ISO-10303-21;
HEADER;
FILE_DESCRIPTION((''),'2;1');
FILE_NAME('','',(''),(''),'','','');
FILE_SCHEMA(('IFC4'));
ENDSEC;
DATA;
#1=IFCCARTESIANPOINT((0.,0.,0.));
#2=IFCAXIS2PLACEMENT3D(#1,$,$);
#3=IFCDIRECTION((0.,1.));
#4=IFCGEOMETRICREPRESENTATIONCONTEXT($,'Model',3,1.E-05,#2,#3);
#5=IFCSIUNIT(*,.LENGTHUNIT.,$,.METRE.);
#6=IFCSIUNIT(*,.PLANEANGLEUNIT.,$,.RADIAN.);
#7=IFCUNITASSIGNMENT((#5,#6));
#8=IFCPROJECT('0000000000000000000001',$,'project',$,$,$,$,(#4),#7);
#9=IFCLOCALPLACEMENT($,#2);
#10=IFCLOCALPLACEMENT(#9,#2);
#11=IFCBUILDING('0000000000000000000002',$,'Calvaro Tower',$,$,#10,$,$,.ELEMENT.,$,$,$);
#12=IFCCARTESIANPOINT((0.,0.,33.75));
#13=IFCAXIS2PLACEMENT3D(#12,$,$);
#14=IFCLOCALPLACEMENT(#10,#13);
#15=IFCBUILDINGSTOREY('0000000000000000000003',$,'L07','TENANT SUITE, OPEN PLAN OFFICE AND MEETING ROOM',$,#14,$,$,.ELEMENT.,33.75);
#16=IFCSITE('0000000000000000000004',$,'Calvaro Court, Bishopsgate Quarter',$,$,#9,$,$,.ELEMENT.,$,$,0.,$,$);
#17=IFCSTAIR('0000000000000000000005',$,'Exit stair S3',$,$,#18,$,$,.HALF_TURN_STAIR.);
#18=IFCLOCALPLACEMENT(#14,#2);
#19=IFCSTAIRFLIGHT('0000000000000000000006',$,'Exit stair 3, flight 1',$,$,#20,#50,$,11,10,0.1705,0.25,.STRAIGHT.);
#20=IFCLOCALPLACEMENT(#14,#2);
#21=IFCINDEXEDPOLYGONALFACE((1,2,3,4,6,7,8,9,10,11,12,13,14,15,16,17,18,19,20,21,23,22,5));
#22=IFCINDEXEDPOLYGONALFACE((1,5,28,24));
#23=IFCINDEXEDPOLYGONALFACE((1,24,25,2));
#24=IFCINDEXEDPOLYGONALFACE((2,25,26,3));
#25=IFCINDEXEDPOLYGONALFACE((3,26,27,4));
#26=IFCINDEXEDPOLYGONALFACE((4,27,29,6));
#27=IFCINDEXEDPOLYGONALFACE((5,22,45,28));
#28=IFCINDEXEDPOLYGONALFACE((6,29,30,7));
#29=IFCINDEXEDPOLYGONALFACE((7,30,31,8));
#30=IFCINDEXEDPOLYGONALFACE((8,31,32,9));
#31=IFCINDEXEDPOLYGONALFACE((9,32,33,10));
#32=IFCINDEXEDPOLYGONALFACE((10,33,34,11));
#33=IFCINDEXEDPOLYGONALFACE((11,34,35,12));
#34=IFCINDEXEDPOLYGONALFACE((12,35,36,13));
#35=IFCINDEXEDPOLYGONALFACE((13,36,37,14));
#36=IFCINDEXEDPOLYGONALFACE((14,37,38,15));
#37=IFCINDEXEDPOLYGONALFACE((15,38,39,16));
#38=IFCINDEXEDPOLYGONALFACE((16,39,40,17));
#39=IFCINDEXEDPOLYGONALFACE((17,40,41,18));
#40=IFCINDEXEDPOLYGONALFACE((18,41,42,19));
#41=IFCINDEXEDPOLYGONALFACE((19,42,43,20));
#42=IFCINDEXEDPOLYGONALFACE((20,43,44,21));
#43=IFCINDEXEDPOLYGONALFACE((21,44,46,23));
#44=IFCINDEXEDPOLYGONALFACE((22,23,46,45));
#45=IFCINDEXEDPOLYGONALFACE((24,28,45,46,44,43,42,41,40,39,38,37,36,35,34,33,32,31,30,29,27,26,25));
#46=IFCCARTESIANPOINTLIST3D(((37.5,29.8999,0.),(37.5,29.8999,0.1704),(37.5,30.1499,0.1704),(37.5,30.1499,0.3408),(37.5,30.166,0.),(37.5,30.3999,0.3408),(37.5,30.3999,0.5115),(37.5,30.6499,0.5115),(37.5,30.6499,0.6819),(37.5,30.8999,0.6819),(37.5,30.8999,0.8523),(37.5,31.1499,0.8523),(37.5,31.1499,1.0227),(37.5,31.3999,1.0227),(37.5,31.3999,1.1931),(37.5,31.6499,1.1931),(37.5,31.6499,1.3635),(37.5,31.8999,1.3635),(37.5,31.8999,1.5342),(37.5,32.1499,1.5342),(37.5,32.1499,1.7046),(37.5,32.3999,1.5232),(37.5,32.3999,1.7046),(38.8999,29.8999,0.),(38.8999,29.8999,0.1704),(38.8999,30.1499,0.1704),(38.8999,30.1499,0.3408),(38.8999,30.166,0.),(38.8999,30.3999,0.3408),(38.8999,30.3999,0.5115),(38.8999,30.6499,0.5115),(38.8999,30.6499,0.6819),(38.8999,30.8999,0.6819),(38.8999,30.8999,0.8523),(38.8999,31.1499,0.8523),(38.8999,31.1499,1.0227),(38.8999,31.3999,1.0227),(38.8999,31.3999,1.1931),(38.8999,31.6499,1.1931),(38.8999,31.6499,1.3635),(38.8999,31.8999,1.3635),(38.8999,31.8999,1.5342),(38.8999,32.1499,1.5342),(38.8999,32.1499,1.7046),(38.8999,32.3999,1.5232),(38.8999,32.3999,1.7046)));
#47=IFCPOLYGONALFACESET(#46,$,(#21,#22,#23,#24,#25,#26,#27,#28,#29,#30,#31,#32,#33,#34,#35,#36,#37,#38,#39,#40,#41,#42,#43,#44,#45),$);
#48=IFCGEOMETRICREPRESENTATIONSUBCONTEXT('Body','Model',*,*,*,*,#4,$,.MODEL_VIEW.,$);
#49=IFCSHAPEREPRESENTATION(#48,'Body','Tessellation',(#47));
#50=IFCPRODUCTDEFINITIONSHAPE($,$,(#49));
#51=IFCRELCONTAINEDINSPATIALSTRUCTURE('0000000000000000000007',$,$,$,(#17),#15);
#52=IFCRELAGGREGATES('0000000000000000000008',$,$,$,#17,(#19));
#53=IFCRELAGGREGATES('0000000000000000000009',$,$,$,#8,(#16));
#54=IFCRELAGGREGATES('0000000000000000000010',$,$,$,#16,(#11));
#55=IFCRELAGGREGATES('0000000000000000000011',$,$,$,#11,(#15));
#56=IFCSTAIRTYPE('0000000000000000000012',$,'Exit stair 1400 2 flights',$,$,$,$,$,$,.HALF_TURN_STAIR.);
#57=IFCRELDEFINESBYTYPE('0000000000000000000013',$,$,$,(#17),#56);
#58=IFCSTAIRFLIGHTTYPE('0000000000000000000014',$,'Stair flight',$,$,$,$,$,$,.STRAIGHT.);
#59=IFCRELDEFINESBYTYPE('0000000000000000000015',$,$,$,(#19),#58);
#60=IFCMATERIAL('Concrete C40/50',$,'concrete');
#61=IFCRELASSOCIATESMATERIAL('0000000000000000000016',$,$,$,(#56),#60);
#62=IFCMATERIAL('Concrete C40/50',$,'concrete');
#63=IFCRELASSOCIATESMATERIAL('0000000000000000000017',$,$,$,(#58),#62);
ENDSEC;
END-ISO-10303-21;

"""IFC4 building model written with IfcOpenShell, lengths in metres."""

from ifc_helpers import new_model, si_unit, direction, frame, origin, place, context, subcontext, project, spatial, polyline, outline, extrude, material, type_object, element, aggregate, save


model = new_model("IFC4")

# Units and contexts
model_context = context("Model", 3, precision=1e-05, world=origin(), true_north=direction((0.0, 1.0)))
body_context = subcontext(model_context, "Body", "Model", "MODEL_VIEW")
ifc_project = project(units=[si_unit("LENGTHUNIT", "METRE"), si_unit("PLANEANGLEUNIT", "RADIAN")], contexts=[model_context])

# Site, building, storey
site_placement = place(None, origin())
site = spatial("IfcSite", under=ifc_project, at=site_placement, Name="Calvaro Court, Bishopsgate Quarter", CompositionType="ELEMENT", RefElevation=0.0)
building_placement = place(site_placement, origin())
building = spatial("IfcBuilding", under=site, at=building_placement, Name="Calvaro Tower", CompositionType="ELEMENT")
storey_placement = place(building_placement, frame((0.0, 0.0, 33.75)))
storey = spatial("IfcBuildingStorey", under=building, at=storey_placement, Name="L07", Description="TENANT SUITE, OPEN PLAN OFFICE AND MEETING ROOM", CompositionType="ELEMENT", Elevation=33.75)

# Stair, stair flight
ifc_material_1 = material(Name="Concrete C40/50", Category="concrete")
stair_type = type_object("IfcStairType", Name="Exit stair 1400 2 flights", PredefinedType="HALF_TURN_STAIR", material=ifc_material_1)
stair_placement = place(storey_placement, origin())
stair = element("IfcStair", 1, at=stair_placement, inside=storey, type_object=stair_type, Name="Exit stair S3", PredefinedType="HALF_TURN_STAIR")
ifc_material_2 = material(Name="Concrete C40/50", Category="concrete")
stair_flight_type = type_object("IfcStairFlightType", Name="Stair flight", PredefinedType="STRAIGHT", material=ifc_material_2)
stair_flight_placement = place(storey_placement, frame((38.2, 29.8999, 0.0), z_axis=(0.0, 0.0, 1.0), x_axis=(0.0, 1.0, 0.0)))
stair_flight = element("IfcStairFlight", 2, at=stair_flight_placement, type_object=stair_flight_type, Name="Exit stair 3, flight 1", NumberOfRisers=11, NumberOfTreads=10, PredefinedType="STRAIGHT", RiserHeight=0.1705, TreadLength=0.25, context=body_context, shape_type="SweptSolid", body=[
    extrude(outline(polyline([(0.0, 0.0), (0.0, 0.1704), (0.25, 0.1704), (0.25, 0.3408), (0.5, 0.3408), (0.5, 0.5115), (0.75, 0.5115), (0.75, 0.6819), (1.0, 0.6819), (1.0, 0.8523), (1.25, 0.8523), (1.25, 1.0227), (1.5, 1.0227), (1.5, 1.1931), (1.75, 1.1931), (1.75, 1.3635), (2.0, 1.3635), (2.0, 1.5342), (2.25, 1.5342), (2.25, 1.7046), (2.5, 1.7046), (2.5, 1.875), (2.5, 1.5232), (0.2661, 0.0), (0.0, 0.0)])), frame((0.0, 0.7, 0.0), z_axis=(0.0, -1.0, 0.0), x_axis=(1.0, 0.0, 0.0)), (0.0, 0.0, 1.0), 1.3999),
])
aggregate(stair, [stair_flight])

save(model, "model.ifc")
